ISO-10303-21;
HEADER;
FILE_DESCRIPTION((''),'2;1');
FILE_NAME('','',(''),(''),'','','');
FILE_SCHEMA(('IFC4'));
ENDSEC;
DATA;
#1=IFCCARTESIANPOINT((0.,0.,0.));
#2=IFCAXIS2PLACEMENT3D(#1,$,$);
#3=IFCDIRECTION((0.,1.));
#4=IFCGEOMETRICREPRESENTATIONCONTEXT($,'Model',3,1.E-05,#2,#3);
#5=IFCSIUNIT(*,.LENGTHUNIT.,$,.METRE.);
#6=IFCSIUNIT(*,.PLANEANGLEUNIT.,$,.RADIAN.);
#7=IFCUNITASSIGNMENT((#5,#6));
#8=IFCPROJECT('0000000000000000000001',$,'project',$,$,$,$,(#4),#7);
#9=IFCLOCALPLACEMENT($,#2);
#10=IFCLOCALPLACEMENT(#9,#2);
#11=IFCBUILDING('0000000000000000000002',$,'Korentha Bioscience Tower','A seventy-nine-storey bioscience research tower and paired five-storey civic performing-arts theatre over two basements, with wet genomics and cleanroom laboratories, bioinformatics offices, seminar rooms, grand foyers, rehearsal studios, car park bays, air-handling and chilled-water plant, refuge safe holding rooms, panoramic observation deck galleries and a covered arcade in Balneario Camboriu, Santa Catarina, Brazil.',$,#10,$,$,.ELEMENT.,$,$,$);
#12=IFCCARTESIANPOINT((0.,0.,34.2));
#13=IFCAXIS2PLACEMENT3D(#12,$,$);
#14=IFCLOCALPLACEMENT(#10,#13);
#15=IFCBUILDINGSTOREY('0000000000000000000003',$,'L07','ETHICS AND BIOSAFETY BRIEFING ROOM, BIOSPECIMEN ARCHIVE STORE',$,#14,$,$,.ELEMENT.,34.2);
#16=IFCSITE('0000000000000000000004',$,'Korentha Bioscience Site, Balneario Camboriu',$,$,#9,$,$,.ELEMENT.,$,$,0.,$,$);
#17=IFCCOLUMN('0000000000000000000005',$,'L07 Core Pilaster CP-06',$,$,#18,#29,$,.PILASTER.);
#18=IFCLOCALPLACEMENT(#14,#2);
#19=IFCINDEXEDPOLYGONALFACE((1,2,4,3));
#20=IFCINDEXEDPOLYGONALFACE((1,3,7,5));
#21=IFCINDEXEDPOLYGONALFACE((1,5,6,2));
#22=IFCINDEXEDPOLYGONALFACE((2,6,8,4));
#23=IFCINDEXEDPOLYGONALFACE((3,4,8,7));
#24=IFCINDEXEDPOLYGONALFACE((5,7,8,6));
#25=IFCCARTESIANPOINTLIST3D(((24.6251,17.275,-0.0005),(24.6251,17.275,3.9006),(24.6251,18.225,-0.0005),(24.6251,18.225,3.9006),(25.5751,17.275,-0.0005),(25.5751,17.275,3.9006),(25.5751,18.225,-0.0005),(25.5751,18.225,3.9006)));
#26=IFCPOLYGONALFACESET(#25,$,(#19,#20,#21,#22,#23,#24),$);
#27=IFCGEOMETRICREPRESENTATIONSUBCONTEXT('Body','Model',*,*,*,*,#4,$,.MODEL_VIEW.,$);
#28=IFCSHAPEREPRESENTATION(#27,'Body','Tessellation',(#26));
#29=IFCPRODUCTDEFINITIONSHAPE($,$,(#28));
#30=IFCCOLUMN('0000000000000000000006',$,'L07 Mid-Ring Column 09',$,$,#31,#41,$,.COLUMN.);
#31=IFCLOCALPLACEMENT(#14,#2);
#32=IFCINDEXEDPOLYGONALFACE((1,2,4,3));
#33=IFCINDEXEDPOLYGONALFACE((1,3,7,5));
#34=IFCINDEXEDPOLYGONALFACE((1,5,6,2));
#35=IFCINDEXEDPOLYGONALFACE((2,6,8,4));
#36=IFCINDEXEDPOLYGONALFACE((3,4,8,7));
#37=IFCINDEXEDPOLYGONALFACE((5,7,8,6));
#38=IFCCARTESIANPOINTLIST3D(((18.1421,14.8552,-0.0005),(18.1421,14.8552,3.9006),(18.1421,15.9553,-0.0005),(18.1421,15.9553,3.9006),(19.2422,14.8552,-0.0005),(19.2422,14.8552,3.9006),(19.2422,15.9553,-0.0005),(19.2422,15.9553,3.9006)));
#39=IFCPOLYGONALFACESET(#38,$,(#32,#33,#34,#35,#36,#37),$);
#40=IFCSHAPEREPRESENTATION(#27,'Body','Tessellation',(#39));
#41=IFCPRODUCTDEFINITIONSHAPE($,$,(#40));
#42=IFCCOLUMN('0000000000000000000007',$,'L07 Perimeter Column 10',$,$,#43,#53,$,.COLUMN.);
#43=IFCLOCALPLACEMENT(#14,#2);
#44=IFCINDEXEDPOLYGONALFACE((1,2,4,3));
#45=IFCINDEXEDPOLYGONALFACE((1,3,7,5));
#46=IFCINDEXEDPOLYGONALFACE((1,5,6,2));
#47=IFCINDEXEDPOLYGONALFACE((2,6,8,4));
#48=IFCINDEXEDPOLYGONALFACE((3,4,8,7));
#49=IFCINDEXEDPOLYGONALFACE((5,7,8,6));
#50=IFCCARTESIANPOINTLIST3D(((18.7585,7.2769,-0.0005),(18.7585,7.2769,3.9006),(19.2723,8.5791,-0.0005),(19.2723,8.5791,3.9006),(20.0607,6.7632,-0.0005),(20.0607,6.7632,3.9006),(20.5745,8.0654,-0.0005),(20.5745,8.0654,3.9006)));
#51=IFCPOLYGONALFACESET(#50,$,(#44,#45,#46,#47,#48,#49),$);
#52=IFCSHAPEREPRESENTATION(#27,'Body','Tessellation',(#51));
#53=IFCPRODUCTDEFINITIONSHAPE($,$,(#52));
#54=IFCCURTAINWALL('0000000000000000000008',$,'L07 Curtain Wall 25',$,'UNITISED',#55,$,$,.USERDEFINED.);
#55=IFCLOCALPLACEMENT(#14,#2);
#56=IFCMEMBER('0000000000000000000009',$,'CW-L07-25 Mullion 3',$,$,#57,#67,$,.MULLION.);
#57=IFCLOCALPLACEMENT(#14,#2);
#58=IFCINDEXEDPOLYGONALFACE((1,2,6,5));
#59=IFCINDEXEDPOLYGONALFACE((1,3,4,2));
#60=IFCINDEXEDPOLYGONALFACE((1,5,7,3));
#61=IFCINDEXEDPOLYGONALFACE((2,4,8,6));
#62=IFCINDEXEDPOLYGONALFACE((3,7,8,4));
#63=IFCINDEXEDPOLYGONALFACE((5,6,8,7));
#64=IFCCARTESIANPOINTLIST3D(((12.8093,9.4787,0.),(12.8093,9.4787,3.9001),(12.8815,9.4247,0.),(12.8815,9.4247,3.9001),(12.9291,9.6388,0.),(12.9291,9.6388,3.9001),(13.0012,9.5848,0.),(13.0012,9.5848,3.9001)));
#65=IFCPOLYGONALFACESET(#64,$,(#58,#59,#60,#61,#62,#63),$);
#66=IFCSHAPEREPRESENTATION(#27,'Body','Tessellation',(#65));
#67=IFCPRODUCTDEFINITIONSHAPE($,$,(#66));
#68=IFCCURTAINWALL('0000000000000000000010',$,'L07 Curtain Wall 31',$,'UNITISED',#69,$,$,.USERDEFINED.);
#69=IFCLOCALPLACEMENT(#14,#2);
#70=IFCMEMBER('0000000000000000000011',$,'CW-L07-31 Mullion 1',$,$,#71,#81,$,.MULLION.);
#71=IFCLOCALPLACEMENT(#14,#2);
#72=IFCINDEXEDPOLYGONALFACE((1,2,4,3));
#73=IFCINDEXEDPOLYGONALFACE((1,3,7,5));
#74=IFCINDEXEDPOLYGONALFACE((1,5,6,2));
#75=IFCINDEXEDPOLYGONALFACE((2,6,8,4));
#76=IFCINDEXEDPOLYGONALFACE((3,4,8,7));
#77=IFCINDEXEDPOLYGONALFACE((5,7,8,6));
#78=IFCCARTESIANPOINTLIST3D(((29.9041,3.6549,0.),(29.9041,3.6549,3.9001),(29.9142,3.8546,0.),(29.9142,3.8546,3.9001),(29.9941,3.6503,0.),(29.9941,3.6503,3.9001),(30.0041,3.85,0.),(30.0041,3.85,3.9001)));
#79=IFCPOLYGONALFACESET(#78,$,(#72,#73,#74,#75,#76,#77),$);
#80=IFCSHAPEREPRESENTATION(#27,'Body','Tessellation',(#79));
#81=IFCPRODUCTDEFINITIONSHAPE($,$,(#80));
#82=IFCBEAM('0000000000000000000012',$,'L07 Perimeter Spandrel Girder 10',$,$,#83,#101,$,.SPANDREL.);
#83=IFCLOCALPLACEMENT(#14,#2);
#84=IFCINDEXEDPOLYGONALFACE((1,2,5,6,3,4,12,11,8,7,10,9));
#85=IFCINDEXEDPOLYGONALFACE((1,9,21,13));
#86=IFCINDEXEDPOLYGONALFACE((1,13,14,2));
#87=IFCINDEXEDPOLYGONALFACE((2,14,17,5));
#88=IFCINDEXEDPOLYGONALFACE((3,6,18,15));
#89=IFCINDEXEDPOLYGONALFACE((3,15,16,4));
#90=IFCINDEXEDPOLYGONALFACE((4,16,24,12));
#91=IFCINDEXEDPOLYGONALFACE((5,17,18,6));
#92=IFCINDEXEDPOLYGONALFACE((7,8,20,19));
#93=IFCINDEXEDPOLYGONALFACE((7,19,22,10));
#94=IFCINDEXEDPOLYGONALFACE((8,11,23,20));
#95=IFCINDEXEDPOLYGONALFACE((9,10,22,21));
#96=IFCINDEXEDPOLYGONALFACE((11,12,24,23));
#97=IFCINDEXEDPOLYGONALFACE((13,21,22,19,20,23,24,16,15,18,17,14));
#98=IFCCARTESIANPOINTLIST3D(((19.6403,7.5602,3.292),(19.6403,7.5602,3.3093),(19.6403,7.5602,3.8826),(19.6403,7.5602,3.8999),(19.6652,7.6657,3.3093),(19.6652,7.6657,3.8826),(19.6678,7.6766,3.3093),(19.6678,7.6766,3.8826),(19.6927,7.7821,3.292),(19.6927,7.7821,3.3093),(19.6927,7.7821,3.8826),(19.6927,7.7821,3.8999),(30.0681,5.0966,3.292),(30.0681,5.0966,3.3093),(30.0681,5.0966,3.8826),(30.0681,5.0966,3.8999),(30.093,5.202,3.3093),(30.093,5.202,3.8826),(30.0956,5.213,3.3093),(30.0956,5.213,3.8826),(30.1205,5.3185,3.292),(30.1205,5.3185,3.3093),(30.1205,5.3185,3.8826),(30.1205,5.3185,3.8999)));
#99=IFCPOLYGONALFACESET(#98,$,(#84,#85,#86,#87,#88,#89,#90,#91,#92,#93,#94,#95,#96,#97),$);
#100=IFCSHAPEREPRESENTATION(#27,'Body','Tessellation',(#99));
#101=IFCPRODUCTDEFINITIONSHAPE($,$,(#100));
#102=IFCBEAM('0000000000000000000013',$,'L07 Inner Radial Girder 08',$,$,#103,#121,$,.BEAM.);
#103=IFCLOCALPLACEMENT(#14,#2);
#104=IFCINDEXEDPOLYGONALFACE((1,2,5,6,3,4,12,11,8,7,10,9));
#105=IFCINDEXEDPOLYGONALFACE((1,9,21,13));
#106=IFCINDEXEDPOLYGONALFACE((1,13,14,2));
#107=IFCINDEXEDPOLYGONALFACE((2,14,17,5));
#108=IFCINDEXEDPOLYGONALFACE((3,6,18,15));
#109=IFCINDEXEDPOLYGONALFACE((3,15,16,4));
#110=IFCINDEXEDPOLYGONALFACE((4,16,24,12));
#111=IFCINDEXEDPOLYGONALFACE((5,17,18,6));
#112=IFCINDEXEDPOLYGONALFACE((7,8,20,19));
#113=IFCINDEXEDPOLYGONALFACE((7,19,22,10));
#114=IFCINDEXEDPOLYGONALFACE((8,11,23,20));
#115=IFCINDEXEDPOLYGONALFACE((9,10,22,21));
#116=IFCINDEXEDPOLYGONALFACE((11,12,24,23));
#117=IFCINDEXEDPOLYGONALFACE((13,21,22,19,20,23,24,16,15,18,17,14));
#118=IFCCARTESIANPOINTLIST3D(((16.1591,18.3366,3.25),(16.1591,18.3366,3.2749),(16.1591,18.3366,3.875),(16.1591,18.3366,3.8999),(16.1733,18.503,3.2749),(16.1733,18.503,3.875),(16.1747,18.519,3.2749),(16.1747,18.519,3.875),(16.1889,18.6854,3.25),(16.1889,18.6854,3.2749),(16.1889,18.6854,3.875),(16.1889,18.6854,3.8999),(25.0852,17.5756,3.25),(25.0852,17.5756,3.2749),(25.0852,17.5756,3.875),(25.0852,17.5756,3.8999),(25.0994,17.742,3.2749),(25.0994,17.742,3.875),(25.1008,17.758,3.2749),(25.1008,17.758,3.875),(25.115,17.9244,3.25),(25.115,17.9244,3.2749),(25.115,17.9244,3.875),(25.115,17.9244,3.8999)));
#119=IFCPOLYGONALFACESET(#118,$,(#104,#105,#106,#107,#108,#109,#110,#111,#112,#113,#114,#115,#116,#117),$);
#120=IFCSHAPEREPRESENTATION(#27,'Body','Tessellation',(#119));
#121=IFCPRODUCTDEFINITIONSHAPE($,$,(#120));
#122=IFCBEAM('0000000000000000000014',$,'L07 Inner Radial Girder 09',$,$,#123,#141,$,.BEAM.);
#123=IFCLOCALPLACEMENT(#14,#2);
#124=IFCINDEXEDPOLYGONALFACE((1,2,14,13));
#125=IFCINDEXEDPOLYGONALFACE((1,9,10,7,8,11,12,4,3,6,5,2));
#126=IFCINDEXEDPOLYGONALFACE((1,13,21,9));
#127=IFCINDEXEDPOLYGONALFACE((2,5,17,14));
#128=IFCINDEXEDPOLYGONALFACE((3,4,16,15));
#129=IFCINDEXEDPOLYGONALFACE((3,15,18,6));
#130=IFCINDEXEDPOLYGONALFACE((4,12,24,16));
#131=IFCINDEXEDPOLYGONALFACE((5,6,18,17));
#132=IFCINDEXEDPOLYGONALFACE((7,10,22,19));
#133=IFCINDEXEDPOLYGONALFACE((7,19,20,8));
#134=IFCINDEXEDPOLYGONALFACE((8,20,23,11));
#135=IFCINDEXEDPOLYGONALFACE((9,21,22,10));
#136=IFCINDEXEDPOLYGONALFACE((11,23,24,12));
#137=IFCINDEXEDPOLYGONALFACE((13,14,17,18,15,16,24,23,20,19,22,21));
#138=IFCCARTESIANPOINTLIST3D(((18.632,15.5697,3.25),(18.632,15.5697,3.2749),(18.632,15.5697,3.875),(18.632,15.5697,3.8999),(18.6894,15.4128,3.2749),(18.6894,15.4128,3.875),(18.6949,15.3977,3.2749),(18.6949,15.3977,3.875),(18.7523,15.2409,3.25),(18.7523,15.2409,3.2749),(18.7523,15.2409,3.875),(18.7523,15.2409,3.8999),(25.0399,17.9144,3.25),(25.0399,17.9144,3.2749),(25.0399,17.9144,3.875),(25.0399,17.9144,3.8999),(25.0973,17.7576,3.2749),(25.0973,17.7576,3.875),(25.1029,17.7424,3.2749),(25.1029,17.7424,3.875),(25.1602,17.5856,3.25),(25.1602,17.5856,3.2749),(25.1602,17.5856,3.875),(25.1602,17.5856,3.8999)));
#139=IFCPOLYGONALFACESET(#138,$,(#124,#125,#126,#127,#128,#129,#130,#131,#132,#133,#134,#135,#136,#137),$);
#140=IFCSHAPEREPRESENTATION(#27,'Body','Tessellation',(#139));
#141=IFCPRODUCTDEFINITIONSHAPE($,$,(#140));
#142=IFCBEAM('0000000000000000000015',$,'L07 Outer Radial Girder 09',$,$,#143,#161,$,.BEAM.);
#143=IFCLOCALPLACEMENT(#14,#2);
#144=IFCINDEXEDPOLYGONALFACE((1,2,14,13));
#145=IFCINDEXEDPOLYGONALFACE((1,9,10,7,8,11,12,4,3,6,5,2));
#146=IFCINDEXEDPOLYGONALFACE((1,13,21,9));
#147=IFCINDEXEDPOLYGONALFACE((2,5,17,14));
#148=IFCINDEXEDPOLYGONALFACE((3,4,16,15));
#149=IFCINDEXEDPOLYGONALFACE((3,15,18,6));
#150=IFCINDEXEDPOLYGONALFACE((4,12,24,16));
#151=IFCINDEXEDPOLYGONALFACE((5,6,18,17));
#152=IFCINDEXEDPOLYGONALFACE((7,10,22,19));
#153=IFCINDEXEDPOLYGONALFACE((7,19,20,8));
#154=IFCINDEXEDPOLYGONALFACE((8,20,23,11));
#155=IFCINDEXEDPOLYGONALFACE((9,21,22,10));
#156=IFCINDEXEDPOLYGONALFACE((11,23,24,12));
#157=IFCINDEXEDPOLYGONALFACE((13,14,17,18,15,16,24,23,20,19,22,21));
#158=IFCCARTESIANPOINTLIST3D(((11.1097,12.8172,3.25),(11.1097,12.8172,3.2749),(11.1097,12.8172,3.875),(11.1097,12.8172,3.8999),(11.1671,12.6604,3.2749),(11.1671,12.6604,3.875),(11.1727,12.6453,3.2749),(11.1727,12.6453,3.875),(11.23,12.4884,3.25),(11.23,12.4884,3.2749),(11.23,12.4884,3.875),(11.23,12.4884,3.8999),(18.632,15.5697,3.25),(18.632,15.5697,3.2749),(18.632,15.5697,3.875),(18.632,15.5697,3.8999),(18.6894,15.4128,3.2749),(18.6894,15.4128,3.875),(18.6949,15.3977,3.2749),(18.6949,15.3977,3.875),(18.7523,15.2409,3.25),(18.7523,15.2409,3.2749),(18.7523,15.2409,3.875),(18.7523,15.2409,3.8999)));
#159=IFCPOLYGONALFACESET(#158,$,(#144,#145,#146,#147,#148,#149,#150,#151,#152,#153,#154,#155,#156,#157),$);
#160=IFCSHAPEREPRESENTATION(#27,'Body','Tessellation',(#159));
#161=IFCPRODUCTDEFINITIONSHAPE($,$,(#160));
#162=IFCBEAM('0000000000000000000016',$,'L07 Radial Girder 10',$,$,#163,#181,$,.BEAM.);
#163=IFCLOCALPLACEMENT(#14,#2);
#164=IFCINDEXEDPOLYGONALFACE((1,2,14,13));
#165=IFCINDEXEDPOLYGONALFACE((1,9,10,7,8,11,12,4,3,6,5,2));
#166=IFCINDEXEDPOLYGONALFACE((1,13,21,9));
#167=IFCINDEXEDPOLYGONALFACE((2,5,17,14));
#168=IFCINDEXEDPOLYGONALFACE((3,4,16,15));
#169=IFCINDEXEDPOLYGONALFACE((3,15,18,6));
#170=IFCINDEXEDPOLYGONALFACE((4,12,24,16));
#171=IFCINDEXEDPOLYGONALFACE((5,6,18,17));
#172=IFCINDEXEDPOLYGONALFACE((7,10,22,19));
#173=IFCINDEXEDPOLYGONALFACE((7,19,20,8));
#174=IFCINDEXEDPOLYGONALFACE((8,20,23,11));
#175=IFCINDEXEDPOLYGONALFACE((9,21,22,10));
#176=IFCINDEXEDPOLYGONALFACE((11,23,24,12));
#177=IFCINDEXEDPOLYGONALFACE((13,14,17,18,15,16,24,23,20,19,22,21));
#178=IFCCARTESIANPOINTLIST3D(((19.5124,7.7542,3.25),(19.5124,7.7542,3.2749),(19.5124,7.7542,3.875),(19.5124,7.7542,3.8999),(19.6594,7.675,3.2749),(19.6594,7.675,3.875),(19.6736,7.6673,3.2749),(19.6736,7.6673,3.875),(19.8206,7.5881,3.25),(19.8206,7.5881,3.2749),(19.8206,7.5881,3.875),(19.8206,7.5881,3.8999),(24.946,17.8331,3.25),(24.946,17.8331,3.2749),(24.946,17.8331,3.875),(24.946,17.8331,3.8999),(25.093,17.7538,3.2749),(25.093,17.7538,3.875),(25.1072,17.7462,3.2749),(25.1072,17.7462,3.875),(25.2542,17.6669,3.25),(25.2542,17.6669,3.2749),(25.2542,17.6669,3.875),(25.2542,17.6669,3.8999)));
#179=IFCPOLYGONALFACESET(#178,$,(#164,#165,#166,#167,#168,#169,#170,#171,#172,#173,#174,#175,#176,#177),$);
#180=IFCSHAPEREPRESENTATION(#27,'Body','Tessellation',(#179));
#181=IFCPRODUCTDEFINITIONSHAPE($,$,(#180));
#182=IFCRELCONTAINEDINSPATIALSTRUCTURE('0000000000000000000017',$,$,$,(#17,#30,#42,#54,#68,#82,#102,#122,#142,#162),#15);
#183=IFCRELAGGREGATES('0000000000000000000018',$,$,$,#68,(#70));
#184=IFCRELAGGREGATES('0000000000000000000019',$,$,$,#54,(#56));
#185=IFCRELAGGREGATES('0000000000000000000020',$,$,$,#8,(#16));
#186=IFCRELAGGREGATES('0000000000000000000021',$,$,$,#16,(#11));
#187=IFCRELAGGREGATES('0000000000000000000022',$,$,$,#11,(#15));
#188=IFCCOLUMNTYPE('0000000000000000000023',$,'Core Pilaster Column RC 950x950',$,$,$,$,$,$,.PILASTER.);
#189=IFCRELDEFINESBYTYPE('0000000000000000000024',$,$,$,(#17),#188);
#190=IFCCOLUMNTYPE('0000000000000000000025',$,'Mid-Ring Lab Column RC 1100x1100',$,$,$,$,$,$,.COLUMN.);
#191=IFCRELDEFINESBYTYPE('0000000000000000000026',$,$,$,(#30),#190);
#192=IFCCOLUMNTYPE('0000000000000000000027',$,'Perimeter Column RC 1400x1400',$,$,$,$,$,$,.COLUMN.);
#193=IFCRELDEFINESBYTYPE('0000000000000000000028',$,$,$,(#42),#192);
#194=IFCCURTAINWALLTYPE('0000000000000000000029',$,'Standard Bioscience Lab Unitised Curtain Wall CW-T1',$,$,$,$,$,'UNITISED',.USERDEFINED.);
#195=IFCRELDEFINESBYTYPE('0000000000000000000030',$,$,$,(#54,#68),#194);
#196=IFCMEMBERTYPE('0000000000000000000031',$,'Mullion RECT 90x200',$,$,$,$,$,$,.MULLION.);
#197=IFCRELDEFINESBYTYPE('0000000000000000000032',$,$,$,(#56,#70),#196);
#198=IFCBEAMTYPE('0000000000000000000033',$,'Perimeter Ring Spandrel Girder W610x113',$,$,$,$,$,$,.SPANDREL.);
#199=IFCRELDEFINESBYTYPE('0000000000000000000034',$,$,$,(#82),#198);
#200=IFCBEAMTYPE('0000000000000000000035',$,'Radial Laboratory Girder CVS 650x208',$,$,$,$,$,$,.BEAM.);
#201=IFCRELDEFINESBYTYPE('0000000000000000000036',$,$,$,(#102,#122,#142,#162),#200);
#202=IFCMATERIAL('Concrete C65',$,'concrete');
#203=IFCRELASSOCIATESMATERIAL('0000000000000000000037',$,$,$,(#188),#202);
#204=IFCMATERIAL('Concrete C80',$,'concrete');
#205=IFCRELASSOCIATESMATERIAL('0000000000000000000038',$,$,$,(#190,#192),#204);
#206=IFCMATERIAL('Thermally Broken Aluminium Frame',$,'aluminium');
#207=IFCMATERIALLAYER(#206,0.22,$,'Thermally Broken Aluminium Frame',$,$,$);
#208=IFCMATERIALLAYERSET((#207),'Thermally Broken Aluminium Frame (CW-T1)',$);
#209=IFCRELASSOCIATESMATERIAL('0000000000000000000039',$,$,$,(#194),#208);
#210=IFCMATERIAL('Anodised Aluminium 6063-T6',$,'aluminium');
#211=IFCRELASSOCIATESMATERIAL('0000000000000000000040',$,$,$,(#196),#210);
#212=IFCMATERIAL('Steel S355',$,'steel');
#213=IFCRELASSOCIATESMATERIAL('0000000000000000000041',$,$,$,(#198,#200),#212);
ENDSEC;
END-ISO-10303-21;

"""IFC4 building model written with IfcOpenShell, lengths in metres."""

from ifc_helpers import new_model, si_unit, direction, frame, origin, origin_2d, place, context, subcontext, project, spatial, rectangle, i_section, extrude, material, layer, layer_set, material_profile, profile_set, type_object, element, aggregate, save


model = new_model("IFC4")

# Units and contexts
model_context = context("Model", 3, precision=1e-05, world=origin(), true_north=direction((0.0, 1.0)))
body_context = subcontext(model_context, "Body", "Model", "MODEL_VIEW")
ifc_project = project(units=[si_unit("LENGTHUNIT", "METRE"), si_unit("PLANEANGLEUNIT", "RADIAN")], contexts=[model_context])

# Site, building, storey
site_placement = place(None, origin())
site = spatial("IfcSite", under=ifc_project, at=site_placement, Name="Korentha Bioscience Site, Balneario Camboriu", CompositionType="ELEMENT", RefElevation=0.0)
building_placement = place(site_placement, origin())
building = spatial("IfcBuilding", under=site, at=building_placement, Name="Korentha Bioscience Tower", Description="A seventy-nine-storey bioscience research tower and paired five-storey civic performing-arts theatre over two basements, with wet genomics and cleanroom laboratories, bioinformatics offices, seminar rooms, grand foyers, rehearsal studios, car park bays, air-handling and chilled-water plant, refuge safe holding rooms, panoramic observation deck galleries and a covered arcade in Balneario Camboriu, Santa Catarina, Brazil.", CompositionType="ELEMENT")
storey_placement = place(building_placement, frame((0.0, 0.0, 34.2)))
storey = spatial("IfcBuildingStorey", under=building, at=storey_placement, Name="L07", Description="ETHICS AND BIOSAFETY BRIEFING ROOM, BIOSPECIMEN ARCHIVE STORE", CompositionType="ELEMENT", Elevation=34.2)

# Columns
ifc_material_1 = material(Name="Concrete C65", Category="concrete")
ifc_material_profile_1 = material_profile(ifc_material_1, rectangle(XDim=0.95, YDim=0.95, at=origin_2d()), Name="Concrete C65")
ifc_profile_set_1 = profile_set([ifc_material_profile_1], Name="Concrete C65 (COL-CP09)")
column_type_1 = type_object("IfcColumnType", Name="Core Pilaster Column RC 950x950", PredefinedType="PILASTER", material=ifc_profile_set_1)
column_1_placement = place(storey_placement, frame((25.1001, 17.75, -0.0005), z_axis=(0.0, 0.0, 1.0), x_axis=(1.0, 0.0, 0.0)))
element("IfcColumn", 1, at=column_1_placement, inside=storey, type_object=column_type_1, Name="L07 Core Pilaster CP-06", PredefinedType="PILASTER", context=body_context, shape_type="SweptSolid", body=[
    extrude(rectangle(XDim=0.95, YDim=0.95, at=origin_2d()), origin(), (0.0, 0.0, 1.0), 3.9011),
])
ifc_material_2 = material(Name="Concrete C80", Category="concrete")
ifc_material_profile_2 = material_profile(ifc_material_2, rectangle(XDim=1.1001, YDim=1.1001, at=origin_2d()), Name="Concrete C80")
ifc_profile_set_2 = profile_set([ifc_material_profile_2], Name="Concrete C80 (COL-MR11)")
column_type_2 = type_object("IfcColumnType", Name="Mid-Ring Lab Column RC 1100x1100", PredefinedType="COLUMN", material=ifc_profile_set_2)
column_2_placement = place(storey_placement, frame((18.6921, 15.4053, -0.0005), z_axis=(0.0, 0.0, 1.0), x_axis=(1.0, 0.0, 0.0)))
element("IfcColumn", 2, at=column_2_placement, inside=storey, type_object=column_type_2, Name="L07 Mid-Ring Column 09", PredefinedType="COLUMN", context=body_context, shape_type="SweptSolid", body=[
    extrude(rectangle(XDim=1.1001, YDim=1.1001, at=origin_2d()), origin(), (0.0, 0.0, 1.0), 3.9011),
])
ifc_material_profile_3 = material_profile(ifc_material_2, rectangle(XDim=1.3999, YDim=1.3999, at=origin_2d()), Name="Concrete C80")
ifc_profile_set_3 = profile_set([ifc_material_profile_3], Name="Concrete C80 (COL-P14)")
column_type_3 = type_object("IfcColumnType", Name="Perimeter Column RC 1400x1400", PredefinedType="COLUMN", material=ifc_profile_set_3)
column_3_placement = place(storey_placement, frame((19.6665, 7.6711, -0.0005), z_axis=(0.0, 0.0, 1.0), x_axis=(-0.930226, 0.366988, 0.0)))
element("IfcColumn", 3, at=column_3_placement, inside=storey, type_object=column_type_3, Name="L07 Perimeter Column 10", PredefinedType="COLUMN", context=body_context, shape_type="SweptSolid", body=[
    extrude(rectangle(XDim=1.3999, YDim=1.3999, at=origin_2d()), origin(), (0.0, 0.0, 1.0), 3.9011),
])

# Curtain walls, members
ifc_material_3 = material(Name="Thermally Broken Aluminium Frame", Category="aluminium")
ifc_layer_1 = layer(ifc_material_3, 0.22, Name="Thermally Broken Aluminium Frame")
ifc_layer_set_1 = layer_set([ifc_layer_1], Name="Thermally Broken Aluminium Frame (CW-T1)")
curtain_wall_type = type_object("IfcCurtainWallType", Name="Standard Bioscience Lab Unitised Curtain Wall CW-T1", ElementType="UNITISED", PredefinedType="USERDEFINED", material=ifc_layer_set_1)
curtain_wall_1_placement = place(storey_placement, origin())
curtain_wall_1 = element("IfcCurtainWall", 4, at=curtain_wall_1_placement, inside=storey, type_object=curtain_wall_type, Name="L07 Curtain Wall 25", ObjectType="UNITISED", PredefinedType="USERDEFINED")
ifc_material_4 = material(Name="Anodised Aluminium 6063-T6", Category="aluminium")
ifc_material_profile_4 = material_profile(ifc_material_4, rectangle(XDim=0.0901, YDim=0.2, at=origin_2d()), Name="Anodised Aluminium 6063-T6")
ifc_profile_set_4 = profile_set([ifc_material_profile_4], Name="Anodised Aluminium 6063-T6 (CW-MUL)")
member_type = type_object("IfcMemberType", Name="Mullion RECT 90x200", PredefinedType="MULLION", material=ifc_profile_set_4)
member_1_placement = place(storey_placement, frame((12.9053, 9.5317, 0.0), z_axis=(0.0, 0.0, 1.0), x_axis=(0.800798, -0.598935, 0.0)))
member_1 = element("IfcMember", 5, at=member_1_placement, type_object=member_type, Name="CW-L07-25 Mullion 3", PredefinedType="MULLION", context=body_context, shape_type="SweptSolid", body=[
    extrude(rectangle(XDim=0.0901, YDim=0.2, at=origin_2d()), origin(), (0.0, 0.0, 1.0), 3.9001),
])
curtain_wall_2_placement = place(storey_placement, origin())
curtain_wall_2 = element("IfcCurtainWall", 6, at=curtain_wall_2_placement, inside=storey, type_object=curtain_wall_type, Name="L07 Curtain Wall 31", ObjectType="UNITISED", PredefinedType="USERDEFINED")
member_2_placement = place(storey_placement, frame((29.9541, 3.7524, 0.0), z_axis=(0.0, 0.0, 1.0), x_axis=(0.998731, -0.050371, 0.0)))
member_2 = element("IfcMember", 7, at=member_2_placement, type_object=member_type, Name="CW-L07-31 Mullion 1", PredefinedType="MULLION", context=body_context, shape_type="SweptSolid", body=[
    extrude(rectangle(XDim=0.0901, YDim=0.2, at=origin_2d()), origin(), (0.0, 0.0, 1.0), 3.9001),
])
aggregate(curtain_wall_2, [member_2])

# Beams
ifc_material_5 = material(Name="Steel S355", Category="steel")
ifc_material_profile_5 = material_profile(ifc_material_5, i_section(OverallWidth=0.228, OverallDepth=0.6079, WebThickness=0.0112, FlangeThickness=0.0173, at=origin_2d()), Name="Steel S355")
ifc_profile_set_5 = profile_set([ifc_material_profile_5], Name="Steel S355 (SB-610)")
beam_type_1 = type_object("IfcBeamType", Name="Perimeter Ring Spandrel Girder W610x113", PredefinedType="SPANDREL", material=ifc_profile_set_5)
beam_1_placement = place(storey_placement, frame((19.6665, 7.6711, 3.5959), z_axis=(0.973208, -0.229927, 0.0), x_axis=(0.229927, 0.973208, 0.0)))
element("IfcBeam", 8, at=beam_1_placement, inside=storey, type_object=beam_type_1, Name="L07 Perimeter Spandrel Girder 10", PredefinedType="SPANDREL", context=body_context, shape_type="SweptSolid", body=[
    extrude(i_section(OverallWidth=0.228, OverallDepth=0.6079, WebThickness=0.0112, FlangeThickness=0.0173, at=origin_2d()), origin(), (0.0, 0.0, 1.0), 10.7148),
])
ifc_material_profile_6 = material_profile(ifc_material_5, i_section(OverallWidth=0.3501, OverallDepth=0.6499, WebThickness=0.0161, FlangeThickness=0.0249, at=origin_2d()), Name="Steel S355")
ifc_profile_set_6 = profile_set([ifc_material_profile_6], Name="Steel S355 (RB-650)")
beam_type_2 = type_object("IfcBeamType", Name="Radial Laboratory Girder CVS 650x208", PredefinedType="BEAM", material=ifc_profile_set_6)
beam_2_placement = place(storey_placement, frame((25.1001, 17.75, 3.575), z_axis=(-0.996386, 0.084947, 0.0), x_axis=(-0.084947, -0.996386, 0.0)))
element("IfcBeam", 9, at=beam_2_placement, inside=storey, type_object=beam_type_2, Name="L07 Inner Radial Girder 08", PredefinedType="BEAM", context=body_context, shape_type="SweptSolid", body=[
    extrude(i_section(OverallWidth=0.3501, OverallDepth=0.6499, WebThickness=0.0161, FlangeThickness=0.0249, at=origin_2d()), origin(), (0.0, 0.0, 1.0), 8.9585),
])
beam_3_placement = place(storey_placement, frame((25.1001, 17.75, 3.575), z_axis=(-0.939106, -0.343627, 0.0), x_axis=(0.343627, -0.939106, 0.0)))
element("IfcBeam", 10, at=beam_3_placement, inside=storey, type_object=beam_type_2, Name="L07 Inner Radial Girder 09", PredefinedType="BEAM", context=body_context, shape_type="SweptSolid", body=[
    extrude(i_section(OverallWidth=0.3501, OverallDepth=0.6499, WebThickness=0.0161, FlangeThickness=0.0249, at=origin_2d()), origin(), (0.0, 0.0, 1.0), 6.8235),
])
beam_4_placement = place(storey_placement, frame((18.6921, 15.4053, 3.575), z_axis=(-0.939106, -0.343627, 0.0), x_axis=(0.343627, -0.939106, 0.0)))
element("IfcBeam", 11, at=beam_4_placement, inside=storey, type_object=beam_type_2, Name="L07 Outer Radial Girder 09", PredefinedType="BEAM", context=body_context, shape_type="SweptSolid", body=[
    extrude(i_section(OverallWidth=0.3501, OverallDepth=0.6499, WebThickness=0.0161, FlangeThickness=0.0249, at=origin_2d()), origin(), (0.0, 0.0, 1.0), 8.01),
])
beam_5_placement = place(storey_placement, frame((25.1001, 17.75, 3.575), z_axis=(-0.474541, -0.880233, 0.0), x_axis=(0.880233, -0.474541, 0.0)))
element("IfcBeam", 12, at=beam_5_placement, inside=storey, type_object=beam_type_2, Name="L07 Radial Girder 10", PredefinedType="BEAM", context=body_context, shape_type="SweptSolid", body=[
    extrude(i_section(OverallWidth=0.3501, OverallDepth=0.6499, WebThickness=0.0161, FlangeThickness=0.0249, at=origin_2d()), origin(), (0.0, 0.0, 1.0), 11.4502),
])

aggregate(curtain_wall_1, [member_1])

save(model, "model.ifc")
